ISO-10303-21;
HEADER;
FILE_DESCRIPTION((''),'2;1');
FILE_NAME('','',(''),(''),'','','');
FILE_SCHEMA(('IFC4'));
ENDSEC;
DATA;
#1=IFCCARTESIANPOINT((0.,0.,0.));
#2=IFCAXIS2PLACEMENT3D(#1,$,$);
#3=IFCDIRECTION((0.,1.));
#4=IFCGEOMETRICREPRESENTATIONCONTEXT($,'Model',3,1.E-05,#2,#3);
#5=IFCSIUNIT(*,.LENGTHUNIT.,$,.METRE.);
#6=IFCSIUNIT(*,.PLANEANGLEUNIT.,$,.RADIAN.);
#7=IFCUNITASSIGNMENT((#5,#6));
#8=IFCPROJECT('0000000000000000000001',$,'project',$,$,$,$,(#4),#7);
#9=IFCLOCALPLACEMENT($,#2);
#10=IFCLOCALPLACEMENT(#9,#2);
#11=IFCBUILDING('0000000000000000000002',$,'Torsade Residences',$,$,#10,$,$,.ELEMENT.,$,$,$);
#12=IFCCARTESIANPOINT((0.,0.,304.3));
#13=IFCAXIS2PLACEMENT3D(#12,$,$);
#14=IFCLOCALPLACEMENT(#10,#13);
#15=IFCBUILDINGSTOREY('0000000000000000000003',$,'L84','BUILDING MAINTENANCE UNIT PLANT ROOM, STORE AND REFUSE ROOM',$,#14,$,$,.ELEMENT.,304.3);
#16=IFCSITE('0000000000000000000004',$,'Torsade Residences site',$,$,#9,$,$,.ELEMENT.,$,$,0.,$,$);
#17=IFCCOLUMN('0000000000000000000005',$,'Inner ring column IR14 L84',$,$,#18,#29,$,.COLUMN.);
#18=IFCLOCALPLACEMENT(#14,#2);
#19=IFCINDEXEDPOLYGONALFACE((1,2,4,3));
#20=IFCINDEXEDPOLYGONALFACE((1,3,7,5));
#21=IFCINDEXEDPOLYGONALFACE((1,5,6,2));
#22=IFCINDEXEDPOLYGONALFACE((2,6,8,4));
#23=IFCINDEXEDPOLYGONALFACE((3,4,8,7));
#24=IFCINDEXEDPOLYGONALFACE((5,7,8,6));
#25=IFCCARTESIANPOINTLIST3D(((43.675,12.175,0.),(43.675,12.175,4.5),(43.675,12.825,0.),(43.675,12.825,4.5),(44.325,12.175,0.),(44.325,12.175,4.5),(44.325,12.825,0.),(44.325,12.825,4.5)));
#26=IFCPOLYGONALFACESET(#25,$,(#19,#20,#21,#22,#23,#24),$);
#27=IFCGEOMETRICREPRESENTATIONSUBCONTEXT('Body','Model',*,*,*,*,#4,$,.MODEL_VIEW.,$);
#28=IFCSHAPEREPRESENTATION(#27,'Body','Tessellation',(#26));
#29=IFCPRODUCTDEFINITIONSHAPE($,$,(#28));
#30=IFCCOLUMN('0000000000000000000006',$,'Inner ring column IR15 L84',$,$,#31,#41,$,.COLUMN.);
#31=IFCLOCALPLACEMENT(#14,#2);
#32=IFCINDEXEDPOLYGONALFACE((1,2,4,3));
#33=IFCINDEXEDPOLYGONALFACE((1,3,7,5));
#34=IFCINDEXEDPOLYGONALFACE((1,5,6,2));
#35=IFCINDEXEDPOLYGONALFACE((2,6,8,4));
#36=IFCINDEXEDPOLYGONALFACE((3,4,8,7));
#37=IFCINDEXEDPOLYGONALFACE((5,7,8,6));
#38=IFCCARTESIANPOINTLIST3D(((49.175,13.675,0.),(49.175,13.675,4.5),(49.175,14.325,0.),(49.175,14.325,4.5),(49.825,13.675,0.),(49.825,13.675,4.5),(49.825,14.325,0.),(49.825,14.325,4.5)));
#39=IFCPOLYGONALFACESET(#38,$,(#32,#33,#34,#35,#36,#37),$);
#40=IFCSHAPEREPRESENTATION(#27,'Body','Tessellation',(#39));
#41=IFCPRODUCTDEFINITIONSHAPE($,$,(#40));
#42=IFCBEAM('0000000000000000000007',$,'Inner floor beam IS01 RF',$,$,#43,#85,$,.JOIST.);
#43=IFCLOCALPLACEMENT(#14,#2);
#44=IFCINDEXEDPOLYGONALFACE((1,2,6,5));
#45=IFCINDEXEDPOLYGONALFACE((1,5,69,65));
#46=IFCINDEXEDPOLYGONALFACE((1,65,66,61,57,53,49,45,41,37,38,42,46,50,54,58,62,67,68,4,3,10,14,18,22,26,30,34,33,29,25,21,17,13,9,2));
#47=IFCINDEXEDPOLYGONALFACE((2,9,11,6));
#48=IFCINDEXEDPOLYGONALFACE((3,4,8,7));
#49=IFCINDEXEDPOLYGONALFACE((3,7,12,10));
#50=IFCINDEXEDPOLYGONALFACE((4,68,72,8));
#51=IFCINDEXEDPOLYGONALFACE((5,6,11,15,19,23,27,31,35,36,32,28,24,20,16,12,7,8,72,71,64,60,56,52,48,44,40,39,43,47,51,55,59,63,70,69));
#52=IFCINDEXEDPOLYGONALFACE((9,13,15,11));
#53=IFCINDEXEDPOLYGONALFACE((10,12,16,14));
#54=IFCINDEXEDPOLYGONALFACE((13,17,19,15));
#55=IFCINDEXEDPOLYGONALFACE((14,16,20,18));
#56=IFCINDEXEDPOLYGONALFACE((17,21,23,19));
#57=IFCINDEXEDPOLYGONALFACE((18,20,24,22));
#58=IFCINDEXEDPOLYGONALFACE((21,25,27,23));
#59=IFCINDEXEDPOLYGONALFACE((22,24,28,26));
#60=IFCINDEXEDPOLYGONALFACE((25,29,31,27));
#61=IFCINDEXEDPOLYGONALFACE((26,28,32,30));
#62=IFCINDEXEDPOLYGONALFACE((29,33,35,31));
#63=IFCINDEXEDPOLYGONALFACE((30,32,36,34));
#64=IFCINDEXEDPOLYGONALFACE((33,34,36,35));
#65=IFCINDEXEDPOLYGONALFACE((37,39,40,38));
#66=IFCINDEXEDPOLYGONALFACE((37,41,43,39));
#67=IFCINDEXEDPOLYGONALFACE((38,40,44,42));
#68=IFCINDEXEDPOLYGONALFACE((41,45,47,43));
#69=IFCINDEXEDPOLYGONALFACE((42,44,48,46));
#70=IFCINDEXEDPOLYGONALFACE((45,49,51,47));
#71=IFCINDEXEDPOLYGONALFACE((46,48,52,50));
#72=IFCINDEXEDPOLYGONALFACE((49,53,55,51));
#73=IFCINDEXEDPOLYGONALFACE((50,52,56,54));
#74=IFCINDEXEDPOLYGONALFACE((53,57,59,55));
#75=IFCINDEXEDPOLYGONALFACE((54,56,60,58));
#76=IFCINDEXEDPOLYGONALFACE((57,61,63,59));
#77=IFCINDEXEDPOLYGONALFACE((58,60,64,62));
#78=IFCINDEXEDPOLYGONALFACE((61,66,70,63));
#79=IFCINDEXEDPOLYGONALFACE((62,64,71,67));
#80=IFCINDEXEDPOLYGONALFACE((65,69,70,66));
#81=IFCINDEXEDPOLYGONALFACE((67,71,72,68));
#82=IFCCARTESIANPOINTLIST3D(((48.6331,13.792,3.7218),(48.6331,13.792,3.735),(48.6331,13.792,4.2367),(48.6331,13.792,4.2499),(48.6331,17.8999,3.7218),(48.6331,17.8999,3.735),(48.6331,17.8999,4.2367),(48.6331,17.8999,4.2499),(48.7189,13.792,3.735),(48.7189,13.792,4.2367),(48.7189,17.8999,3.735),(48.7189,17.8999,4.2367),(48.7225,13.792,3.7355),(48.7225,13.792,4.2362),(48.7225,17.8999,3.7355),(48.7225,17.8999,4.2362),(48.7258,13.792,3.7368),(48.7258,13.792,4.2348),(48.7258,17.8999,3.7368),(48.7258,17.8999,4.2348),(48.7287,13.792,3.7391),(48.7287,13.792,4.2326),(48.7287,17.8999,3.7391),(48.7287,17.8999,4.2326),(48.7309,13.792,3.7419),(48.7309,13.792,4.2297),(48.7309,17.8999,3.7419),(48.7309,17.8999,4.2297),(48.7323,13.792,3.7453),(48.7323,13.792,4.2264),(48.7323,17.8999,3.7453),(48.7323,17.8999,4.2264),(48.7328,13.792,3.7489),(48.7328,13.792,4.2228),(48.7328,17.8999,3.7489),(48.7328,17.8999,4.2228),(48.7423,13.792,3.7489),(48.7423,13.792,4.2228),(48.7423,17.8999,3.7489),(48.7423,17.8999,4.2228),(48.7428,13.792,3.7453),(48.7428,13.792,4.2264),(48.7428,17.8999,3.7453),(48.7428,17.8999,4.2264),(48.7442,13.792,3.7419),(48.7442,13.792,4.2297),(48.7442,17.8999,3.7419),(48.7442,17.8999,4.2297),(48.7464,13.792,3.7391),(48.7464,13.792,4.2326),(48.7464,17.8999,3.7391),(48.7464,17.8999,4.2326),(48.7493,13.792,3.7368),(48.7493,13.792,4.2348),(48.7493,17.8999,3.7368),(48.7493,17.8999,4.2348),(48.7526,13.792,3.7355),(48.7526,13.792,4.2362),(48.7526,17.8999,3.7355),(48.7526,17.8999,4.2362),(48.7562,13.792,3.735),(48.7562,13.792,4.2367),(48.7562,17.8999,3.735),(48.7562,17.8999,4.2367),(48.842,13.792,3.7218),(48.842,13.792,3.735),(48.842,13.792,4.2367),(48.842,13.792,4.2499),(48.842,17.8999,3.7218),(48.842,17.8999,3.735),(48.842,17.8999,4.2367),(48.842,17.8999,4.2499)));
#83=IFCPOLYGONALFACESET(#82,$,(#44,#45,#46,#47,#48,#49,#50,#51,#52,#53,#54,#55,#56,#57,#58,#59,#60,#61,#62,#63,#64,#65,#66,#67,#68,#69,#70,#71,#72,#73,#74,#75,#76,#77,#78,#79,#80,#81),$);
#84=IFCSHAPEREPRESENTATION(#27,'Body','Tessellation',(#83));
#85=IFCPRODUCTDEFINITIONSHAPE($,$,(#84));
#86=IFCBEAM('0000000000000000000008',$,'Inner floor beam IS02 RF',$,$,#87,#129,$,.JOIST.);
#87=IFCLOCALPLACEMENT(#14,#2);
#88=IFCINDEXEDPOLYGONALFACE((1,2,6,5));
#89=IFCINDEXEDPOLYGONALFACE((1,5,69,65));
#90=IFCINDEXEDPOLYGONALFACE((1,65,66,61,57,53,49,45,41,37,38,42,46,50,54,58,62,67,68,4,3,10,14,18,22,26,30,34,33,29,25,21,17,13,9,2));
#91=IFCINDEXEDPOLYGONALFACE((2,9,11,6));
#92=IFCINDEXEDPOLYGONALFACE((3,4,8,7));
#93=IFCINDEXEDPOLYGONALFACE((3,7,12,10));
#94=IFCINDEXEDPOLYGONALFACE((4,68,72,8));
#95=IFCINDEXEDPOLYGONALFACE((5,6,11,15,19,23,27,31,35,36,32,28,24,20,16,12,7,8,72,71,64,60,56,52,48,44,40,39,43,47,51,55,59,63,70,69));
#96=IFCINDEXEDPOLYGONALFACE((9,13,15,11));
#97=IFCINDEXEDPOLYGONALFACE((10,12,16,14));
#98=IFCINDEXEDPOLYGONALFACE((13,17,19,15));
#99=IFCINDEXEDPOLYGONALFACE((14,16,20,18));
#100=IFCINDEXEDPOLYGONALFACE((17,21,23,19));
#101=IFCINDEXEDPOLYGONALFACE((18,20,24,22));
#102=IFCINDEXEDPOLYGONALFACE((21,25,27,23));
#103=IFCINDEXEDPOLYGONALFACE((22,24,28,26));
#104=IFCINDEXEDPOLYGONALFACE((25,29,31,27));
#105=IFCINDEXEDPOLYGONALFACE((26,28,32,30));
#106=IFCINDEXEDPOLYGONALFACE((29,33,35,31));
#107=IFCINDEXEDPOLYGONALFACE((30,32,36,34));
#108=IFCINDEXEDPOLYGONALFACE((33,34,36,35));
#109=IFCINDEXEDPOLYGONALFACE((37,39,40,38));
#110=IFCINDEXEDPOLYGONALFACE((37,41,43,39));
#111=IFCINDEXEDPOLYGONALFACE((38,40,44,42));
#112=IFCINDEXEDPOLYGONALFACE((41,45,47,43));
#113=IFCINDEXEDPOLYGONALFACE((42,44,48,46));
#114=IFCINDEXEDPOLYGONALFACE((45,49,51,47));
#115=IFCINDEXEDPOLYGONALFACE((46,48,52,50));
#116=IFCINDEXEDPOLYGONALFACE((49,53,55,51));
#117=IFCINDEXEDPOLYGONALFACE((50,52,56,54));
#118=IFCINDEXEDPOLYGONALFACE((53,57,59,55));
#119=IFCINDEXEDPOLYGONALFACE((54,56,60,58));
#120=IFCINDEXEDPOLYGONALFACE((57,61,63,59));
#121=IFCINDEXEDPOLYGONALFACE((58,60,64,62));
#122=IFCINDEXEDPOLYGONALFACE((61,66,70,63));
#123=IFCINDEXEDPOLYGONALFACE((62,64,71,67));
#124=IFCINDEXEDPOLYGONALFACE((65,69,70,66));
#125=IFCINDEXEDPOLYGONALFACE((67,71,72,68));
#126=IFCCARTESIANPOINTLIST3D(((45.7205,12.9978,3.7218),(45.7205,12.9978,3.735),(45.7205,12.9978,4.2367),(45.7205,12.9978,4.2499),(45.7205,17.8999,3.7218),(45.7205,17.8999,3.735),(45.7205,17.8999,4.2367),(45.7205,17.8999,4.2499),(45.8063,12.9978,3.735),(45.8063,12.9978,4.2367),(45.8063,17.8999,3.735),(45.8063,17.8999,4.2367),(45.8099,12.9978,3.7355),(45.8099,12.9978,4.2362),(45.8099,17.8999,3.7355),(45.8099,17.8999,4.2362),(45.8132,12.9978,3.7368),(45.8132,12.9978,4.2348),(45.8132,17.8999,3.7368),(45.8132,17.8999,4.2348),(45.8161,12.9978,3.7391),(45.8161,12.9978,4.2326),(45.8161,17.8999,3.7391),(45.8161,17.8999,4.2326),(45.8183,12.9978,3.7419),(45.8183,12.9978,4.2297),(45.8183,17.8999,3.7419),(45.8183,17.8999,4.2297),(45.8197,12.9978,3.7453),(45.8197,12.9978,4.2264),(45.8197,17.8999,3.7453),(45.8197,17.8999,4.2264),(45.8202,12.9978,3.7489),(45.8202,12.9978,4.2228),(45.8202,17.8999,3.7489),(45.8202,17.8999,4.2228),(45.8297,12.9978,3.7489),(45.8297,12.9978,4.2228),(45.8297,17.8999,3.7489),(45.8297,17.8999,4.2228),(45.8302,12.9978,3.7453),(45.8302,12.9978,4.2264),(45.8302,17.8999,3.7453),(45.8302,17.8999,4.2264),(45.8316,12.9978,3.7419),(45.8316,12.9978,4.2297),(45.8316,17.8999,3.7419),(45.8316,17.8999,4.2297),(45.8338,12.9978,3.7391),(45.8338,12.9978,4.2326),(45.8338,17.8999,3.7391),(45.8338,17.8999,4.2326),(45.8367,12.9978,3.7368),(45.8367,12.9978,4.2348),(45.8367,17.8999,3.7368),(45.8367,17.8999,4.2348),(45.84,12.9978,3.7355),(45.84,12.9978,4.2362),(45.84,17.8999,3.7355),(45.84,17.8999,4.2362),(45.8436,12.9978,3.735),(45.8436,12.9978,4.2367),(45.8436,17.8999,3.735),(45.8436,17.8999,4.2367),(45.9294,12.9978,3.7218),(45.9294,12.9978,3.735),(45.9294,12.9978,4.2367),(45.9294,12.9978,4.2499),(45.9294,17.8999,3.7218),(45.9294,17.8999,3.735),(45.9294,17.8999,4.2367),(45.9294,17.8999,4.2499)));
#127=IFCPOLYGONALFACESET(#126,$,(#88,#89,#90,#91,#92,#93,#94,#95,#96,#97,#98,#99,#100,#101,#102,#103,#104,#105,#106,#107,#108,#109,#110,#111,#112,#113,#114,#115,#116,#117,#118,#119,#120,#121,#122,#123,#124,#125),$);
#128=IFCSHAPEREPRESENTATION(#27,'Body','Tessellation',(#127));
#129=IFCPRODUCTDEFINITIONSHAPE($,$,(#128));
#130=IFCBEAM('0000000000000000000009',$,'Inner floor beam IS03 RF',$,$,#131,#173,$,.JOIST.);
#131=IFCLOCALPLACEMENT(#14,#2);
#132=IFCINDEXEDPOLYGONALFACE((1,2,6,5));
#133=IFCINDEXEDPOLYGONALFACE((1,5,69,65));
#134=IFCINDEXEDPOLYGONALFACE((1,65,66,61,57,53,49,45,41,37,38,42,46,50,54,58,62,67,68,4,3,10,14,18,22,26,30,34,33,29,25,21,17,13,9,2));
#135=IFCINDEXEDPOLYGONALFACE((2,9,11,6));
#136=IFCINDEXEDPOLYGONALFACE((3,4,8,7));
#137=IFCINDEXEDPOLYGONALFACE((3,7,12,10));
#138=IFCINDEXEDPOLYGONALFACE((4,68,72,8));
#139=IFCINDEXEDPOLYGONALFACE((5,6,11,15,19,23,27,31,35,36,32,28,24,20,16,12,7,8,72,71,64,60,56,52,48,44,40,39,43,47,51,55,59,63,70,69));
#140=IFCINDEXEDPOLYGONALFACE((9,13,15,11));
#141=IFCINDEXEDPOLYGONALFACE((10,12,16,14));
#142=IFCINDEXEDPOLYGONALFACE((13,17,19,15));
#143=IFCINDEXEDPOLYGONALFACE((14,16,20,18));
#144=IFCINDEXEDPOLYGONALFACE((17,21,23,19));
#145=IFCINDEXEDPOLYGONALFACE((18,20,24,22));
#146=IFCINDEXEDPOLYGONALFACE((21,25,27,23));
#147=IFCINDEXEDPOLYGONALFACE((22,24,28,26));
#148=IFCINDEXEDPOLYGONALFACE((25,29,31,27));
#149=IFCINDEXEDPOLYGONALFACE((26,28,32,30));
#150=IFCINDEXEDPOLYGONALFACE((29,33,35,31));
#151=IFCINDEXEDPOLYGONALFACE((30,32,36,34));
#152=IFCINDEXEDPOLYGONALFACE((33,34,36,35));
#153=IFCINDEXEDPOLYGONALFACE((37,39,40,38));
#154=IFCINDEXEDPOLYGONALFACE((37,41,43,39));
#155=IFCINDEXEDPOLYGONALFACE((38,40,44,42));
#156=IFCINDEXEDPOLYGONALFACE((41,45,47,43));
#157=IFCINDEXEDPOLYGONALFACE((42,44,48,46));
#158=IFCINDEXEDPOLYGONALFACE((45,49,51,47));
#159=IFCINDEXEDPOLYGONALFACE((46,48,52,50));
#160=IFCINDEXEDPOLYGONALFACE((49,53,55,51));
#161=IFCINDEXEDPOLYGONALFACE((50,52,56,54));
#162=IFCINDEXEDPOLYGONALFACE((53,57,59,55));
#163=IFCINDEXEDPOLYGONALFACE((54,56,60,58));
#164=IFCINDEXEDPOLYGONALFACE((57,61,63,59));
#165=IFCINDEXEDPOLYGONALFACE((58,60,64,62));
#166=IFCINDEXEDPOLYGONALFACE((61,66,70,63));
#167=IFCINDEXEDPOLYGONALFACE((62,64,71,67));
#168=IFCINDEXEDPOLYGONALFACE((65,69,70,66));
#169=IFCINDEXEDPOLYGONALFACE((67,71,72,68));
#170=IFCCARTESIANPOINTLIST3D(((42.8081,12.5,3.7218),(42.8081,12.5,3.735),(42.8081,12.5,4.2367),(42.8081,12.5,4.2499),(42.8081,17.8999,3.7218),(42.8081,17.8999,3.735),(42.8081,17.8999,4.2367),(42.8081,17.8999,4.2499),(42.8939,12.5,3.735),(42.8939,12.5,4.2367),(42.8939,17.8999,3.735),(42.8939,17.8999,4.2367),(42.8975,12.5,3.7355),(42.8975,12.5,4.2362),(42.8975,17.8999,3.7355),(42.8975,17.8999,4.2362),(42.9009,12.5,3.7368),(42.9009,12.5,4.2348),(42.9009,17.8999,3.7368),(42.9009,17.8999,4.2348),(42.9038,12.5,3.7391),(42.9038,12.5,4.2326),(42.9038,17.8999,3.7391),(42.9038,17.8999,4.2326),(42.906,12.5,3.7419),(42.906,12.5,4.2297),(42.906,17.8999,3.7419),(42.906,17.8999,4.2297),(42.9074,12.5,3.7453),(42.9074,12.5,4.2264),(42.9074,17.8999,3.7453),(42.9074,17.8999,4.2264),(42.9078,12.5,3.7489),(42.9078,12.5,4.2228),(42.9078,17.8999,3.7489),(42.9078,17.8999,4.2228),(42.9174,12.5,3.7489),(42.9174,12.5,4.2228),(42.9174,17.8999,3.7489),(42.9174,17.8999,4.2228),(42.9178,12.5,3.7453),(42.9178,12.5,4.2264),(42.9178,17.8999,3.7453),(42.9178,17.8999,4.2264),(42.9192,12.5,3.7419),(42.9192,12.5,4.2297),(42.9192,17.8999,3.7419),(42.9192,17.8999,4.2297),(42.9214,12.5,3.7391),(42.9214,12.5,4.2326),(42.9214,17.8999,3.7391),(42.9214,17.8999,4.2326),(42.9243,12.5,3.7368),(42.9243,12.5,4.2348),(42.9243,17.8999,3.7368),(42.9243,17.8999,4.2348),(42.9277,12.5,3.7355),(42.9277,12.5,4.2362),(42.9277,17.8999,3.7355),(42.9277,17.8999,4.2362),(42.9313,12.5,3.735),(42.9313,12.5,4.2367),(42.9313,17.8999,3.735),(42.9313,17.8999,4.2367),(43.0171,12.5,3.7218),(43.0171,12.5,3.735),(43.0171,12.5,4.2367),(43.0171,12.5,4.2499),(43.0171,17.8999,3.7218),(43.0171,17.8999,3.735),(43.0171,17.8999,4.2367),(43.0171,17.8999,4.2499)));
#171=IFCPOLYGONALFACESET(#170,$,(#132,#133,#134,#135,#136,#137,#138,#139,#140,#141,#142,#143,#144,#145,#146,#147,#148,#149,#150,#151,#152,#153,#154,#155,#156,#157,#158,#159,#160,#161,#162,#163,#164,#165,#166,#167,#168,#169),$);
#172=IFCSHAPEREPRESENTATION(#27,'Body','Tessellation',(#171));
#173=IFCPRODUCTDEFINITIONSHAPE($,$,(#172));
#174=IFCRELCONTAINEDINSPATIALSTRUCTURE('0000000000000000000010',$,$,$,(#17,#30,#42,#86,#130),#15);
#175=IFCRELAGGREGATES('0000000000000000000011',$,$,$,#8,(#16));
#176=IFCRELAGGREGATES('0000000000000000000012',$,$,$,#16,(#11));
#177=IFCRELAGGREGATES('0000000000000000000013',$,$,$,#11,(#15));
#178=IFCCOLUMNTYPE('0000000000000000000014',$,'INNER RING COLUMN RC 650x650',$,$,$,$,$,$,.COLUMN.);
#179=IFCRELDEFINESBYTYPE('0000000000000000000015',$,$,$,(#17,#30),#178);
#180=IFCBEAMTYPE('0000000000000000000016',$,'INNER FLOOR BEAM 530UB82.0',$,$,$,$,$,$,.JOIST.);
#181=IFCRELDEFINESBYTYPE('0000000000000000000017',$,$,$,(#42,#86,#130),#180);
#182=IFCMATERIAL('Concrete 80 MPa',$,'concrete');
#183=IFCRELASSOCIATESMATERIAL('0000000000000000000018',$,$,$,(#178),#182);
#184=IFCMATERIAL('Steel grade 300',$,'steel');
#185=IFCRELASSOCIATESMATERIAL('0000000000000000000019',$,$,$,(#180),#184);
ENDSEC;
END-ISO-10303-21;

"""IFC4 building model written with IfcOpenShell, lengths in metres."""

from ifc_helpers import new_model, si_unit, direction, frame, origin, origin_2d, place, context, subcontext, project, spatial, rectangle, i_section, extrude, material, material_profile, profile_set, type_object, element, save


model = new_model("IFC4")

# Units and contexts
model_context = context("Model", 3, precision=1e-05, world=origin(), true_north=direction((0.0, 1.0)))
body_context = subcontext(model_context, "Body", "Model", "MODEL_VIEW")
ifc_project = project(units=[si_unit("LENGTHUNIT", "METRE"), si_unit("PLANEANGLEUNIT", "RADIAN")], contexts=[model_context])

# Site, building, storey
site_placement = place(None, origin())
site = spatial("IfcSite", under=ifc_project, at=site_placement, Name="Torsade Residences site", CompositionType="ELEMENT", RefElevation=0.0)
building_placement = place(site_placement, origin())
building = spatial("IfcBuilding", under=site, at=building_placement, Name="Torsade Residences", CompositionType="ELEMENT")
storey_placement = place(building_placement, frame((0.0, 0.0, 304.3)))
storey = spatial("IfcBuildingStorey", under=building, at=storey_placement, Name="L84", Description="BUILDING MAINTENANCE UNIT PLANT ROOM, STORE AND REFUSE ROOM", CompositionType="ELEMENT", Elevation=304.3)

# Columns
ifc_material_1 = material(Name="Concrete 80 MPa", Category="concrete")
ifc_material_profile_1 = material_profile(ifc_material_1, rectangle(XDim=0.6499, YDim=0.6499, at=origin_2d()), Name="RC 650x650")
ifc_profile_set_1 = profile_set([ifc_material_profile_1], Name="Concrete 80 MPa")
column_type = type_object("IfcColumnType", Name="INNER RING COLUMN RC 650x650", PredefinedType="COLUMN", material=ifc_profile_set_1)
for number, where, z_axis, x_axis, name in (
    (1, (44.0, 12.5, 0.0), (0.0, 0.0, 1.0), (1.0, 0.0, 0.0), "Inner ring column IR14 L84"),
    (2, (49.5, 14.0, 0.0), (0.0, 0.0, 1.0), (1.0, 0.0, 0.0), "Inner ring column IR15 L84"),
):
    element("IfcColumn", number, at=place(storey_placement, frame(where, z_axis=z_axis, x_axis=x_axis)), inside=storey, type_object=column_type, Name=name, PredefinedType="COLUMN", context=body_context, shape_type="SweptSolid", body=[
        extrude(rectangle(XDim=0.6499, YDim=0.6499, at=origin_2d()), origin(), (0.0, 0.0, 1.0), 4.5),
    ])

# Beams
ifc_material_2 = material(Name="Steel grade 300", Category="steel")
ifc_material_profile_2 = material_profile(ifc_material_2, i_section(OverallWidth=0.209, OverallDepth=0.5281, WebThickness=0.0095, FlangeThickness=0.0132, FilletRadius=0.0139, at=origin_2d()), Name="530UB82.0")
ifc_profile_set_2 = profile_set([ifc_material_profile_2], Name="Steel grade 300")
beam_type_1 = type_object("IfcBeamType", Name="INNER FLOOR BEAM 530UB82.0", PredefinedType="JOIST", material=ifc_profile_set_2)
beam_1_placement = place(storey_placement, frame((48.7375, 17.8999, 3.9858), z_axis=(0.0, -1.0, 0.0), x_axis=(1.0, 0.0, 0.0)))
element("IfcBeam", 3, at=beam_1_placement, inside=storey, type_object=beam_type_1, Name="Inner floor beam IS01 RF", PredefinedType="JOIST", context=body_context, shape_type="SweptSolid", body=[
    extrude(i_section(OverallWidth=0.209, OverallDepth=0.5281, WebThickness=0.0095, FlangeThickness=0.0132, FilletRadius=0.0139, at=origin_2d()), origin(), (0.0, 0.0, 1.0), 4.1079),
])
beam_2_placement = place(storey_placement, frame((45.825, 17.8999, 3.9858), z_axis=(0.0, -1.0, 0.0), x_axis=(1.0, 0.0, 0.0)))
element("IfcBeam", 4, at=beam_2_placement, inside=storey, type_object=beam_type_1, Name="Inner floor beam IS02 RF", PredefinedType="JOIST", context=body_context, shape_type="SweptSolid", body=[
    extrude(i_section(OverallWidth=0.209, OverallDepth=0.5281, WebThickness=0.0095, FlangeThickness=0.0132, FilletRadius=0.0139, at=origin_2d()), origin(), (0.0, 0.0, 1.0), 4.9021),
])
for number, where, z_axis, x_axis, name in (
    (5, (42.9126, 17.8999, 3.9858), (0.0, -1.0, 0.0), (1.0, 0.0, 0.0), "Inner floor beam IS03 RF"),
):
    element("IfcBeam", number, at=place(storey_placement, frame(where, z_axis=z_axis, x_axis=x_axis)), inside=storey, type_object=beam_type_1, Name=name, PredefinedType="JOIST", context=body_context, shape_type="SweptSolid", body=[
        extrude(i_section(OverallWidth=0.209, OverallDepth=0.5281, WebThickness=0.0095, FlangeThickness=0.0132, FilletRadius=0.0139, at=origin_2d()), origin(), (0.0, 0.0, 1.0), 5.3999),
    ])

save(model, "model.ifc")
